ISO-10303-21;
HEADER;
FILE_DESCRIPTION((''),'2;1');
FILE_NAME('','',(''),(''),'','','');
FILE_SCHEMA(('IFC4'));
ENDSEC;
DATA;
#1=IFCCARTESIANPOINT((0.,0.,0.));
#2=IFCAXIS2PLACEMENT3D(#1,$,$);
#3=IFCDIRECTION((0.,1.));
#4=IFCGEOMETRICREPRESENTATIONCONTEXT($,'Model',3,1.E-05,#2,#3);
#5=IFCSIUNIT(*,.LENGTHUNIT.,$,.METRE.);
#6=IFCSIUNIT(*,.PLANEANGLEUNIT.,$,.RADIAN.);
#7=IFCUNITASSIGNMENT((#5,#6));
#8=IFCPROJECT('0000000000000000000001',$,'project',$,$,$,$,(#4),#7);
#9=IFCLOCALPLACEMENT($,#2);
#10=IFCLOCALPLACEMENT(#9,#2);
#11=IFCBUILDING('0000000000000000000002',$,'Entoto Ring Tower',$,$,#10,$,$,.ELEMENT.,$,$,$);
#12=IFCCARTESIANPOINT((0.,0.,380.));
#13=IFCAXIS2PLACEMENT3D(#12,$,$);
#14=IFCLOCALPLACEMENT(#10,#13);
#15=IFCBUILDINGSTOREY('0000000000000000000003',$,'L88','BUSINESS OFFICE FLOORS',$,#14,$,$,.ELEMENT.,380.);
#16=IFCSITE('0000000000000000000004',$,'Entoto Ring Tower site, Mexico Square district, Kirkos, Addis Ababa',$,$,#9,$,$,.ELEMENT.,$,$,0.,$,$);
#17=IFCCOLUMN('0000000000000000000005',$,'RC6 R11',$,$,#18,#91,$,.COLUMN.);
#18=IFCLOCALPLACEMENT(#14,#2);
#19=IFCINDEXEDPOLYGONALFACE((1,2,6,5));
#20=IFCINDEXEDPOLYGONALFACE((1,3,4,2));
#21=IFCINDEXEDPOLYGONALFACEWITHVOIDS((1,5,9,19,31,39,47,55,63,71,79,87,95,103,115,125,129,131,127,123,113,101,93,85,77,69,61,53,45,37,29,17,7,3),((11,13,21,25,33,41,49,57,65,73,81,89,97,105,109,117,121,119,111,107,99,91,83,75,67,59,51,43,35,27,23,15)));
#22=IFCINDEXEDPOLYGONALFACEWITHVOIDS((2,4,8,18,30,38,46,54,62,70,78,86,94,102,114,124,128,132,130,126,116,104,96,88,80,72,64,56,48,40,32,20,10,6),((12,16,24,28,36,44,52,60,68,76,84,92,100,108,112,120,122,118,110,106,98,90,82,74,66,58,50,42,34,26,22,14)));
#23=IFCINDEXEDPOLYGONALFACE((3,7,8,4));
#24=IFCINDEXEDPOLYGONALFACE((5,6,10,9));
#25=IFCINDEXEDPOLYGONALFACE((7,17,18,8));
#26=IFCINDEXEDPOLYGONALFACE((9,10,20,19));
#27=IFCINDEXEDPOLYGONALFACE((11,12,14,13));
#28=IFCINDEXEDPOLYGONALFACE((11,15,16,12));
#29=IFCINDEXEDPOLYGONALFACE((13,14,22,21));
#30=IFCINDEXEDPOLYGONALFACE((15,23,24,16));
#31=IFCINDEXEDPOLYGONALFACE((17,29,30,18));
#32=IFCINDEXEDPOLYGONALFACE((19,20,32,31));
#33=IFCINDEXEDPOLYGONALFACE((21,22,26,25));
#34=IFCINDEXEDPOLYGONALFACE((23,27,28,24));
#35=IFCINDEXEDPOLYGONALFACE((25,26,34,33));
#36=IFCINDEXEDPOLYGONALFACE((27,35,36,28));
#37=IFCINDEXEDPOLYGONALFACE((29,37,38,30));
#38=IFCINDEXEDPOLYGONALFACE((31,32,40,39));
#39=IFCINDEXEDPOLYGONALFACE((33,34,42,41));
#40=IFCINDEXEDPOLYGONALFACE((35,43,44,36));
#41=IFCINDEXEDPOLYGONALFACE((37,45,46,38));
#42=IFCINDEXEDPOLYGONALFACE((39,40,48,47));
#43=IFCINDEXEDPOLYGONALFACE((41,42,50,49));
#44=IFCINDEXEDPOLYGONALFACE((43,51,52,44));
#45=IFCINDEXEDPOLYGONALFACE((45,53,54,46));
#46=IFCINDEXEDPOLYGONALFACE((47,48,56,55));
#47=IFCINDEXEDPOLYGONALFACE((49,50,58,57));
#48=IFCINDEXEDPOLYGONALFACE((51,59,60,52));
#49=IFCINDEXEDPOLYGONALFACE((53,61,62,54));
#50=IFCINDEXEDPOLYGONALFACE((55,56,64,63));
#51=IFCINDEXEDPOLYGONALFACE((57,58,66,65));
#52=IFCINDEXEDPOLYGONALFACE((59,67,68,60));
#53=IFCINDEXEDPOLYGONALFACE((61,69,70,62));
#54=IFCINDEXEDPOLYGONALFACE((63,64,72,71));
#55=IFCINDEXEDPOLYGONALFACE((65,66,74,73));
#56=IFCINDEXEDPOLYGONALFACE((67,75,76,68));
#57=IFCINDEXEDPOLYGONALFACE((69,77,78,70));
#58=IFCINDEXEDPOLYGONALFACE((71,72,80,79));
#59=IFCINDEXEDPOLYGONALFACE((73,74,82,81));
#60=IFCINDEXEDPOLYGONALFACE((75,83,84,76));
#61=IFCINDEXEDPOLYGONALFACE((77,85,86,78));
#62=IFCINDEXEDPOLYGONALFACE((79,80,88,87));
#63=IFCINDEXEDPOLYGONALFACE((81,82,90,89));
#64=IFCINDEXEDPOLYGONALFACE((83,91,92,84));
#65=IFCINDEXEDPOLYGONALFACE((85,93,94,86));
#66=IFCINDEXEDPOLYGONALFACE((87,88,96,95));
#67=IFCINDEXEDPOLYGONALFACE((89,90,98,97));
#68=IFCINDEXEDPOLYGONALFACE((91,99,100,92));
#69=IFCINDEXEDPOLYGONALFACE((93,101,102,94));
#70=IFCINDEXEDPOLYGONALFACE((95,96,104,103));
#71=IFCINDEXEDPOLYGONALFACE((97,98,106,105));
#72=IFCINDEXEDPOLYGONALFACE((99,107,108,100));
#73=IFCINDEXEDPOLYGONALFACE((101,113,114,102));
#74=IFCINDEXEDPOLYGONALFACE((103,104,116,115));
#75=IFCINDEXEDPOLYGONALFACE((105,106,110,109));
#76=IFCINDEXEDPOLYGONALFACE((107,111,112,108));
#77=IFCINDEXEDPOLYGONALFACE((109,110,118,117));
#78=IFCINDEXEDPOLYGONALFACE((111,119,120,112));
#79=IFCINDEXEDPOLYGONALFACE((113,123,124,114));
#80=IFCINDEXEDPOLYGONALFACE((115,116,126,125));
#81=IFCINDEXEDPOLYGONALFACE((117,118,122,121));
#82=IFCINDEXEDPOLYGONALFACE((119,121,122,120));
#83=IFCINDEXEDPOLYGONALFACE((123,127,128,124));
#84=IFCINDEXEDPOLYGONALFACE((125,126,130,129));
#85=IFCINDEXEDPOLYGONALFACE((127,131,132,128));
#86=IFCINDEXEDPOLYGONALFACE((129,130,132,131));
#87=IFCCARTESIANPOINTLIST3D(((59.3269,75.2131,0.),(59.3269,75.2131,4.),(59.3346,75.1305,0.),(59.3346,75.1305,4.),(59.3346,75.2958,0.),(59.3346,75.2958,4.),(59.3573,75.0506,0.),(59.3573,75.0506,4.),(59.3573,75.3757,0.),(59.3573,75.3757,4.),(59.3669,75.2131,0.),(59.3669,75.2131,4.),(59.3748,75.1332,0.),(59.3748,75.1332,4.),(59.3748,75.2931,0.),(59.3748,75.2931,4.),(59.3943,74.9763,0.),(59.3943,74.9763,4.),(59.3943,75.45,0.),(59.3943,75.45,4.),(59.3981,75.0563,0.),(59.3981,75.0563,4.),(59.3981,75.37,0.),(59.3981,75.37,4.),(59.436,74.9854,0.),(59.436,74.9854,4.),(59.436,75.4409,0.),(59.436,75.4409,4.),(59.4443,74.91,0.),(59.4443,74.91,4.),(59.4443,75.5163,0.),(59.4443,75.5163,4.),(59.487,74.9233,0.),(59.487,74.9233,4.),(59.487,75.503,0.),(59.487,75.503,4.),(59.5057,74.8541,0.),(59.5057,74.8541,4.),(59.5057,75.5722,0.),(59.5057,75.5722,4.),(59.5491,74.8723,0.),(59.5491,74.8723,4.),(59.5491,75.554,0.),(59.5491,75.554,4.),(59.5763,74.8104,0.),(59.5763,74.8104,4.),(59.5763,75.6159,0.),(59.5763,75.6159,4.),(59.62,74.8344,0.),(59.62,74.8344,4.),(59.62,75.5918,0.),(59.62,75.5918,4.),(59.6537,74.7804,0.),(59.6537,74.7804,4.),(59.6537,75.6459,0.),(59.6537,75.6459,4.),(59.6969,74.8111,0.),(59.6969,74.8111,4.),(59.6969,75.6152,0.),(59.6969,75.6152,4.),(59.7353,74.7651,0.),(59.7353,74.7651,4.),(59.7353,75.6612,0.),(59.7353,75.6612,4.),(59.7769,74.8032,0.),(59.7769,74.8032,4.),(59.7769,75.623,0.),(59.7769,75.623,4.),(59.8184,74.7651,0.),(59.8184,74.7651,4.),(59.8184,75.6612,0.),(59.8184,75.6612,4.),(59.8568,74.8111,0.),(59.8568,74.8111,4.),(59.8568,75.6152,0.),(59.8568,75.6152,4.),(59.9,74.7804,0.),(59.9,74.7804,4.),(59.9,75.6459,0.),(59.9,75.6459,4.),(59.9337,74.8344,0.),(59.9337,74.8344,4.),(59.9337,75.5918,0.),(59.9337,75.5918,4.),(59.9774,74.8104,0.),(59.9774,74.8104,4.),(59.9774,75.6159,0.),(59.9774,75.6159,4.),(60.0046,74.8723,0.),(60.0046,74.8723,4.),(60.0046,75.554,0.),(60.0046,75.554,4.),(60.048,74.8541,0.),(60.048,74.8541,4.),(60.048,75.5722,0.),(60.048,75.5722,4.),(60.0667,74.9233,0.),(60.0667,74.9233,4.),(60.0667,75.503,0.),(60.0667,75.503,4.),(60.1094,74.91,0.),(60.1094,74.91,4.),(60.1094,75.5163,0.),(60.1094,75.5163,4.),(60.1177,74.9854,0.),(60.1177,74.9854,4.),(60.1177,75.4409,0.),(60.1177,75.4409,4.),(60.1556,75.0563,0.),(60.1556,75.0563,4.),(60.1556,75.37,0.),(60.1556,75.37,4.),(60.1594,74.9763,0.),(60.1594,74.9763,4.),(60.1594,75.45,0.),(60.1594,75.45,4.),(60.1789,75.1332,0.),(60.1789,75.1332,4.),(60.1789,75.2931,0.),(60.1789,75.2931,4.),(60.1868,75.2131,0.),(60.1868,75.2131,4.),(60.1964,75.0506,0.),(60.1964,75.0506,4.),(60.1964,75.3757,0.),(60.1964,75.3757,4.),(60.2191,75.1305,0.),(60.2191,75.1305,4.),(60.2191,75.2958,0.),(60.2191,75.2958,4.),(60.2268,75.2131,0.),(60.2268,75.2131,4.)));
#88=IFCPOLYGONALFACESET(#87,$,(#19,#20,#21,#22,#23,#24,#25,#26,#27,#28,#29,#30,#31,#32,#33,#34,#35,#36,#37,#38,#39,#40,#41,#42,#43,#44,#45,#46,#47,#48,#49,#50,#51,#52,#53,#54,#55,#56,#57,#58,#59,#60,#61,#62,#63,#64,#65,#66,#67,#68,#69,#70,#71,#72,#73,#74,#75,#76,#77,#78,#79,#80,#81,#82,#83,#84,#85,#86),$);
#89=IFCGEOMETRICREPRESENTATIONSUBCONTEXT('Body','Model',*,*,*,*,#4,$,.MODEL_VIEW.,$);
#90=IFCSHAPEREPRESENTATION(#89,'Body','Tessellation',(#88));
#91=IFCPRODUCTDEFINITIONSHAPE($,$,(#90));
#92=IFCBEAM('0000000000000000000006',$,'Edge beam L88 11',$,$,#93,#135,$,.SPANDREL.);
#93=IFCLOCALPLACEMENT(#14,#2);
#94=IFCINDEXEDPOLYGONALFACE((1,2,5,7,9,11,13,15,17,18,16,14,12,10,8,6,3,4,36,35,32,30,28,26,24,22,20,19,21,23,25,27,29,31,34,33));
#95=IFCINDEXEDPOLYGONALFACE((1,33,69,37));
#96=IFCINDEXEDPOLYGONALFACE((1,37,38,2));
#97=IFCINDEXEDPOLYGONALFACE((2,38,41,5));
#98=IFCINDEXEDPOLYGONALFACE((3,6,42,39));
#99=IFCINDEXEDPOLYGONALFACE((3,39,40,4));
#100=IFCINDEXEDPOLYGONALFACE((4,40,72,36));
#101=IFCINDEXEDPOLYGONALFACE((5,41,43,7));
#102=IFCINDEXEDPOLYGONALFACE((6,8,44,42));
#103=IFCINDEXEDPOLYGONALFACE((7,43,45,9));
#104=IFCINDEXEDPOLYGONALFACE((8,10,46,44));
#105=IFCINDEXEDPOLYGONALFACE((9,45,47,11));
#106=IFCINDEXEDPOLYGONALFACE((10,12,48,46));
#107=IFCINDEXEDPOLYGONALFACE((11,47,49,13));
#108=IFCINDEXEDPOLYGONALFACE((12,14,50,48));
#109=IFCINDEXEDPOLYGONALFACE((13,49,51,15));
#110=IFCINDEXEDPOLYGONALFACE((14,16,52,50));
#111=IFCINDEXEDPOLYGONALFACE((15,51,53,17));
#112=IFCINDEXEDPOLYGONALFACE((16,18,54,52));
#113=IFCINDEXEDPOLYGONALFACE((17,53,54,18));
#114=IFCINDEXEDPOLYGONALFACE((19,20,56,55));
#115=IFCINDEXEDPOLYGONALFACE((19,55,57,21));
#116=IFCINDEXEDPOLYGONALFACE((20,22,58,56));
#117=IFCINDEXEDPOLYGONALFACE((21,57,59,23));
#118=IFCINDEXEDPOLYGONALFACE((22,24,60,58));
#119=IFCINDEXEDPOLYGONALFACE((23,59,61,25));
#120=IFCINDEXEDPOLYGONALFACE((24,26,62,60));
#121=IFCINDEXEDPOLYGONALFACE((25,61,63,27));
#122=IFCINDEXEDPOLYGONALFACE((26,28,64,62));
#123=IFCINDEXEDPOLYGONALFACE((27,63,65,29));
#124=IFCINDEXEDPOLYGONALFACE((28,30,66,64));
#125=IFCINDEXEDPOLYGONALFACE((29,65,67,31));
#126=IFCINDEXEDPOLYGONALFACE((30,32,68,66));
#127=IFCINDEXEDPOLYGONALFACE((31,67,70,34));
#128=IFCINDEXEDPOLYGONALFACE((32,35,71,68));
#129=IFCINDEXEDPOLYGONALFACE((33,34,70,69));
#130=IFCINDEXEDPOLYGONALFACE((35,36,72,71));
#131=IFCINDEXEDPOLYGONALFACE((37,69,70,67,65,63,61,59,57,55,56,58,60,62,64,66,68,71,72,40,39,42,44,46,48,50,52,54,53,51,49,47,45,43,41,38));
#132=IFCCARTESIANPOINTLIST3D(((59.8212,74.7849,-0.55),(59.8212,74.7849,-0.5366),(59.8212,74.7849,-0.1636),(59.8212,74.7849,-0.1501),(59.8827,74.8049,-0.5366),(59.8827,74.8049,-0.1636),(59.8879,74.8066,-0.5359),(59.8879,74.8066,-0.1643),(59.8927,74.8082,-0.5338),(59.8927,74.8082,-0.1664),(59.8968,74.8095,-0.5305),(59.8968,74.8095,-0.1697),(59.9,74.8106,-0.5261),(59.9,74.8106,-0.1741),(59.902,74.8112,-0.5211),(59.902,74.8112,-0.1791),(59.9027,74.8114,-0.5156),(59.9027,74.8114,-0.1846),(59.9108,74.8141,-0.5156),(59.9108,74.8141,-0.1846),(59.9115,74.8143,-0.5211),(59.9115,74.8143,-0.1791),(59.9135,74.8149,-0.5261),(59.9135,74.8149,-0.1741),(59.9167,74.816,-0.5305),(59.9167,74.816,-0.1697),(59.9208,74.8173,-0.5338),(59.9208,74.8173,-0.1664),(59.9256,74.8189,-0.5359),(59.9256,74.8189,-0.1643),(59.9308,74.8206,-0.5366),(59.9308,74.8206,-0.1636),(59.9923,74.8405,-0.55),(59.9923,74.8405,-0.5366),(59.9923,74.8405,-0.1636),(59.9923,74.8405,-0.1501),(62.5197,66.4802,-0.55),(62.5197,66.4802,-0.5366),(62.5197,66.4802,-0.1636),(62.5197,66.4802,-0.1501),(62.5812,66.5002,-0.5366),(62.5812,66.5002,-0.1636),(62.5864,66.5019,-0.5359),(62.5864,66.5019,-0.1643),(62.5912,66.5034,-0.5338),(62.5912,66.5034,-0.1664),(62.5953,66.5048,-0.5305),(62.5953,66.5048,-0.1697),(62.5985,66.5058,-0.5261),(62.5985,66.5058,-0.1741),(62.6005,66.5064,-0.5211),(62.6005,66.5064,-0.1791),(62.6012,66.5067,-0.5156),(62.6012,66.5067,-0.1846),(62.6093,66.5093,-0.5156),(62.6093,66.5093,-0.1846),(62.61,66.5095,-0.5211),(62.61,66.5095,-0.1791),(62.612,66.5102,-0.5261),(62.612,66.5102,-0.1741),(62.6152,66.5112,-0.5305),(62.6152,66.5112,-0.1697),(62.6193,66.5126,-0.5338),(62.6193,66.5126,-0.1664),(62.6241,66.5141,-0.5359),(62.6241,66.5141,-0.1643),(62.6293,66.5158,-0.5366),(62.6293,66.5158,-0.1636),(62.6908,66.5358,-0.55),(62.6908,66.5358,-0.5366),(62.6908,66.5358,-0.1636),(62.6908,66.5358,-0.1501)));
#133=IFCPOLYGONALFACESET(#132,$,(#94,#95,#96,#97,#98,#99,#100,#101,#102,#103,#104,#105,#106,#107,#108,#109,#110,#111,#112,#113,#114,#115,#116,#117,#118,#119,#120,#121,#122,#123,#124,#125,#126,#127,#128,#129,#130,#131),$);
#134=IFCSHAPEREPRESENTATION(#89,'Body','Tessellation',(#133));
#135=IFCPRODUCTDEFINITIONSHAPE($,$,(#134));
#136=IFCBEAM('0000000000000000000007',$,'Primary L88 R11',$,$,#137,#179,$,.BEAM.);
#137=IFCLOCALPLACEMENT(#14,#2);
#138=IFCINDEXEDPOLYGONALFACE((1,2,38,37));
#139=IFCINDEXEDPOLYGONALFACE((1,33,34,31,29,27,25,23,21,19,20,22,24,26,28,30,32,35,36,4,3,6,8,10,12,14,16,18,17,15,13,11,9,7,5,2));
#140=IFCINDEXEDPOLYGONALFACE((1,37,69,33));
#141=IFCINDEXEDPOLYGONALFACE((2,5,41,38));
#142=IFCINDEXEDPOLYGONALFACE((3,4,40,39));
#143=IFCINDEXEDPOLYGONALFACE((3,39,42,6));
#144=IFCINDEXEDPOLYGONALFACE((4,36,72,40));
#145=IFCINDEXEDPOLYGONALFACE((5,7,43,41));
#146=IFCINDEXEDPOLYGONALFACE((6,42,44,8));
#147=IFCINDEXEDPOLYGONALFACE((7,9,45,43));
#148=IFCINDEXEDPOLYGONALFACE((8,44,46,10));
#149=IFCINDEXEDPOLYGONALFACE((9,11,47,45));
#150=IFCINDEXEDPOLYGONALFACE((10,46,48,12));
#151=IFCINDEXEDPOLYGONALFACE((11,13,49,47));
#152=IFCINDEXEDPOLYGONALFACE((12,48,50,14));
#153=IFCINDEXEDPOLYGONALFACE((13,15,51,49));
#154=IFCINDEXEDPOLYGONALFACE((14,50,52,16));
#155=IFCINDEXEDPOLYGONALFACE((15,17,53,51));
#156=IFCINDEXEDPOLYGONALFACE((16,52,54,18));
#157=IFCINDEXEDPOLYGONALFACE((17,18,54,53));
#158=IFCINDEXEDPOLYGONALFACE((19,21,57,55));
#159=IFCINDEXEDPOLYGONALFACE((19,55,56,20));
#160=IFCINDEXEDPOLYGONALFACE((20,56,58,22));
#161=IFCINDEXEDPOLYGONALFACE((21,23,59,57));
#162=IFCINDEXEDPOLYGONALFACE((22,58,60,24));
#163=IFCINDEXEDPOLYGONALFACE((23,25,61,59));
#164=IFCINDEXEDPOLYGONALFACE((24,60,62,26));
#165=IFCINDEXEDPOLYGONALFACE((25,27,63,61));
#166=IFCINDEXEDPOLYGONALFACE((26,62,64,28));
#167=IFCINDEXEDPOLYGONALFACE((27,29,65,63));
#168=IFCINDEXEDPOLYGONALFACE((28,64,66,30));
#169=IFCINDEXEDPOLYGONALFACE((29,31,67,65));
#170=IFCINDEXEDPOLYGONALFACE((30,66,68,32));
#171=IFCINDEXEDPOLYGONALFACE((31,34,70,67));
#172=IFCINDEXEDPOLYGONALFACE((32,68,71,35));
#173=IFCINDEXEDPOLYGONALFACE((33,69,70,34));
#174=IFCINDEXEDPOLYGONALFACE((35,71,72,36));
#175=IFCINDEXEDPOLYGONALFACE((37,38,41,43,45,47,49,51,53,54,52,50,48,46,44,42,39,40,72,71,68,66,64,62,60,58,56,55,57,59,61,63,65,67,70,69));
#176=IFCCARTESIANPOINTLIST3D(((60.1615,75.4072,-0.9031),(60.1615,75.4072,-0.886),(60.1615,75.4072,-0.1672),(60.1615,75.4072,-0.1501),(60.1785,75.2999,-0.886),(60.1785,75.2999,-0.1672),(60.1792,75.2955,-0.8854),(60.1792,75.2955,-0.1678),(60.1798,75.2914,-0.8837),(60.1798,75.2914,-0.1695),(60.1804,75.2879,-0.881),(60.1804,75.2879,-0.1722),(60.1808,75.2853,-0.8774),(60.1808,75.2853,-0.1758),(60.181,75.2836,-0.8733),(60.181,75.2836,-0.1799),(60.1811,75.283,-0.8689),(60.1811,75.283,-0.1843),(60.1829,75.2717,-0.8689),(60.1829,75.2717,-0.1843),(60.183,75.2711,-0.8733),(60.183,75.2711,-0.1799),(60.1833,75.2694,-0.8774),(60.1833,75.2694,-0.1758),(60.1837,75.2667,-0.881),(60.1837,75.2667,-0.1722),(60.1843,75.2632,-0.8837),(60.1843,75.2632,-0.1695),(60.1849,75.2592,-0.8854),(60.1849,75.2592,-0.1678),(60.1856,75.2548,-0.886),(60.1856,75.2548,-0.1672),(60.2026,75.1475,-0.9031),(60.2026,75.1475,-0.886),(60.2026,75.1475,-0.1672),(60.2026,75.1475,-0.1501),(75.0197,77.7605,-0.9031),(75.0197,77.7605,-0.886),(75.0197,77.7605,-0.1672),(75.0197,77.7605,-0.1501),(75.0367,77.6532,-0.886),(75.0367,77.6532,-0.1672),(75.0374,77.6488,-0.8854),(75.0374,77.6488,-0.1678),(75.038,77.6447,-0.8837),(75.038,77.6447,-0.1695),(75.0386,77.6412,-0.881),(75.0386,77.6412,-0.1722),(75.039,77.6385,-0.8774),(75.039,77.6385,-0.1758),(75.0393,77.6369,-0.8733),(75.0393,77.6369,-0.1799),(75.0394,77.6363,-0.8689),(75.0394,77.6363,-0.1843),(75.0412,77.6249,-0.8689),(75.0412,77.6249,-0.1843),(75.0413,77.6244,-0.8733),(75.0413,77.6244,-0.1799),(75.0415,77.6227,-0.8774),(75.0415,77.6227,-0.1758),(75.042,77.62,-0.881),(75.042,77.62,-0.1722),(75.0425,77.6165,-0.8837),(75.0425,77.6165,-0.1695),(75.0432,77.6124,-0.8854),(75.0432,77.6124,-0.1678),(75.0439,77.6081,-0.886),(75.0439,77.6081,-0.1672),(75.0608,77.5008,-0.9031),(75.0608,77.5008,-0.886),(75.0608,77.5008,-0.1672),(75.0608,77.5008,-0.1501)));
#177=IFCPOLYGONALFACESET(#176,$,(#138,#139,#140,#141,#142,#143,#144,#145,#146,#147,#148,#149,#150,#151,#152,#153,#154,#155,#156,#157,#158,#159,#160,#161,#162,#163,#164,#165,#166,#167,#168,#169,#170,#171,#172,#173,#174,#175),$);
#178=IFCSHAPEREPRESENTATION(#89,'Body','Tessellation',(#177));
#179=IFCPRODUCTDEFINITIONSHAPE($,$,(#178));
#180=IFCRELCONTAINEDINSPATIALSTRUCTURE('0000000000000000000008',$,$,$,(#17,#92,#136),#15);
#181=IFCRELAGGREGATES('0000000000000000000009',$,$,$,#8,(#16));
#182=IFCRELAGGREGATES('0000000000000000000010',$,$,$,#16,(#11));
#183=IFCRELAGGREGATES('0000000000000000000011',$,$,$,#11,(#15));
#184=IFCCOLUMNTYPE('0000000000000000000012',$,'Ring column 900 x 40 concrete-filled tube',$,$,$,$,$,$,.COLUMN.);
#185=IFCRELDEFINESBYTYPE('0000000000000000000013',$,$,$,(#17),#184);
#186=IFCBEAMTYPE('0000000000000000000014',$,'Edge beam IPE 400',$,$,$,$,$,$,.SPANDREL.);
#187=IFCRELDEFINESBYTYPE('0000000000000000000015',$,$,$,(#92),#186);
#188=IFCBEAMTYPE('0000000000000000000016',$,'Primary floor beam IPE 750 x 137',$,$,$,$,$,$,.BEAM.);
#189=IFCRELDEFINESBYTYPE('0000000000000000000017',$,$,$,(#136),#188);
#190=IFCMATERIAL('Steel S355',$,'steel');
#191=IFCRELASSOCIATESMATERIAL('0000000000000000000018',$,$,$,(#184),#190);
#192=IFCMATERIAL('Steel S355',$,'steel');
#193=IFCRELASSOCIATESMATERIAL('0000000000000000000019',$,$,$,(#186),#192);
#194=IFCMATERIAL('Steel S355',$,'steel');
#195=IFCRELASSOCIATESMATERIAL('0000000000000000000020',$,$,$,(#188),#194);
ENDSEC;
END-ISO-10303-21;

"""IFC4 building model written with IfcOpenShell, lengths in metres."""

from ifc_helpers import new_model, si_unit, direction, frame, origin, origin_2d, place, context, subcontext, project, spatial, circle, hollow_circle, i_section, extrude, material, material_profile, profile_set, type_object, element, save


model = new_model("IFC4")

# Units and contexts
model_context = context("Model", 3, precision=1e-05, world=origin(), true_north=direction((0.0, 1.0)))
body_context = subcontext(model_context, "Body", "Model", "MODEL_VIEW")
ifc_project = project(units=[si_unit("LENGTHUNIT", "METRE"), si_unit("PLANEANGLEUNIT", "RADIAN")], contexts=[model_context])

# Site, building, storey
site_placement = place(None, origin())
site = spatial("IfcSite", under=ifc_project, at=site_placement, Name="Entoto Ring Tower site, Mexico Square district, Kirkos, Addis Ababa", CompositionType="ELEMENT", RefElevation=0.0)
building_placement = place(site_placement, origin())
building = spatial("IfcBuilding", under=site, at=building_placement, Name="Entoto Ring Tower", CompositionType="ELEMENT")
storey_placement = place(building_placement, frame((0.0, 0.0, 380.0)))
storey = spatial("IfcBuildingStorey", under=building, at=storey_placement, Name="L88", Description="BUSINESS OFFICE FLOORS", CompositionType="ELEMENT", Elevation=380.0)

# Column
ifc_material_1 = material(Name="Steel S355", Category="steel")
ifc_material_profile_1 = material_profile(ifc_material_1, hollow_circle(Radius=0.45, WallThickness=0.04, at=origin_2d()), Name="CHS 900 x 40")
ifc_material_2 = material(Name="Concrete C60/75", Category="concrete")
ifc_material_profile_2 = material_profile(ifc_material_2, circle(Radius=0.4099, at=origin_2d()), Name="Concrete C60/75 infill")
ifc_profile_set_1 = profile_set([ifc_material_profile_1, ifc_material_profile_2], Name="Steel S355")
column_type = type_object("IfcColumnType", Name="Ring column 900 x 40 concrete-filled tube", PredefinedType="COLUMN", material=ifc_profile_set_1)
column_placement = place(storey_placement, frame((59.7769, 75.2131, 0.0), z_axis=(0.0, 0.0, 1.0), x_axis=(1.0, 0.0, 0.0)))
element("IfcColumn", 1, at=column_placement, inside=storey, type_object=column_type, Name="RC6 R11", PredefinedType="COLUMN", context=body_context, shape_type="SweptSolid", body=[
    extrude(hollow_circle(Radius=0.45, WallThickness=0.04, at=origin_2d()), origin(), (0.0, 0.0, 1.0), 4.0),
])

# Beams
ifc_material_3 = material(Name="Steel S355", Category="steel")
ifc_material_profile_3 = material_profile(ifc_material_3, i_section(OverallWidth=0.1799, OverallDepth=0.3999, WebThickness=0.0085, FlangeThickness=0.0134, FilletRadius=0.021, at=origin_2d()), Name="IPE 400")
ifc_profile_set_2 = profile_set([ifc_material_profile_3], Name="Steel S355")
beam_type_1 = type_object("IfcBeamType", Name="Edge beam IPE 400", PredefinedType="SPANDREL", material=ifc_profile_set_2)
beam_1_placement = place(storey_placement, frame((59.9067, 74.8127, -0.3501), z_axis=(0.30903, -0.951052, 0.0), x_axis=(0.951052, 0.30903, 0.0)))
element("IfcBeam", 2, at=beam_1_placement, inside=storey, type_object=beam_type_1, Name="Edge beam L88 11", PredefinedType="SPANDREL", context=body_context, shape_type="SweptSolid", body=[
    extrude(i_section(OverallWidth=0.1799, OverallDepth=0.3999, WebThickness=0.0085, FlangeThickness=0.0134, FilletRadius=0.021, at=origin_2d()), origin(), (0.0, 0.0, 1.0), 8.7322),
])
ifc_material_4 = material(Name="Steel S355", Category="steel")
ifc_material_profile_4 = material_profile(ifc_material_4, i_section(OverallWidth=0.2629, OverallDepth=0.7529, WebThickness=0.0115, FlangeThickness=0.0171, FilletRadius=0.0171, at=origin_2d()), Name="IPE 750 x 137")
ifc_profile_set_3 = profile_set([ifc_material_profile_4], Name="Steel S355")
beam_type_2 = type_object("IfcBeamType", Name="Primary floor beam IPE 750 x 137", PredefinedType="BEAM", material=ifc_profile_set_3)
beam_2_placement = place(storey_placement, frame((75.0403, 77.6306, -0.5266), z_axis=(-0.987689, -0.156433, 0.0), x_axis=(0.156433, -0.987689, 0.0)))
element("IfcBeam", 3, at=beam_2_placement, inside=storey, type_object=beam_type_2, Name="Primary L88 R11", PredefinedType="BEAM", context=body_context, shape_type="SweptSolid", body=[
    extrude(i_section(OverallWidth=0.2629, OverallDepth=0.7529, WebThickness=0.0115, FlangeThickness=0.0171, FilletRadius=0.0171, at=origin_2d()), origin(), (0.0, 0.0, 1.0), 15.0435),
])

save(model, "model.ifc")
